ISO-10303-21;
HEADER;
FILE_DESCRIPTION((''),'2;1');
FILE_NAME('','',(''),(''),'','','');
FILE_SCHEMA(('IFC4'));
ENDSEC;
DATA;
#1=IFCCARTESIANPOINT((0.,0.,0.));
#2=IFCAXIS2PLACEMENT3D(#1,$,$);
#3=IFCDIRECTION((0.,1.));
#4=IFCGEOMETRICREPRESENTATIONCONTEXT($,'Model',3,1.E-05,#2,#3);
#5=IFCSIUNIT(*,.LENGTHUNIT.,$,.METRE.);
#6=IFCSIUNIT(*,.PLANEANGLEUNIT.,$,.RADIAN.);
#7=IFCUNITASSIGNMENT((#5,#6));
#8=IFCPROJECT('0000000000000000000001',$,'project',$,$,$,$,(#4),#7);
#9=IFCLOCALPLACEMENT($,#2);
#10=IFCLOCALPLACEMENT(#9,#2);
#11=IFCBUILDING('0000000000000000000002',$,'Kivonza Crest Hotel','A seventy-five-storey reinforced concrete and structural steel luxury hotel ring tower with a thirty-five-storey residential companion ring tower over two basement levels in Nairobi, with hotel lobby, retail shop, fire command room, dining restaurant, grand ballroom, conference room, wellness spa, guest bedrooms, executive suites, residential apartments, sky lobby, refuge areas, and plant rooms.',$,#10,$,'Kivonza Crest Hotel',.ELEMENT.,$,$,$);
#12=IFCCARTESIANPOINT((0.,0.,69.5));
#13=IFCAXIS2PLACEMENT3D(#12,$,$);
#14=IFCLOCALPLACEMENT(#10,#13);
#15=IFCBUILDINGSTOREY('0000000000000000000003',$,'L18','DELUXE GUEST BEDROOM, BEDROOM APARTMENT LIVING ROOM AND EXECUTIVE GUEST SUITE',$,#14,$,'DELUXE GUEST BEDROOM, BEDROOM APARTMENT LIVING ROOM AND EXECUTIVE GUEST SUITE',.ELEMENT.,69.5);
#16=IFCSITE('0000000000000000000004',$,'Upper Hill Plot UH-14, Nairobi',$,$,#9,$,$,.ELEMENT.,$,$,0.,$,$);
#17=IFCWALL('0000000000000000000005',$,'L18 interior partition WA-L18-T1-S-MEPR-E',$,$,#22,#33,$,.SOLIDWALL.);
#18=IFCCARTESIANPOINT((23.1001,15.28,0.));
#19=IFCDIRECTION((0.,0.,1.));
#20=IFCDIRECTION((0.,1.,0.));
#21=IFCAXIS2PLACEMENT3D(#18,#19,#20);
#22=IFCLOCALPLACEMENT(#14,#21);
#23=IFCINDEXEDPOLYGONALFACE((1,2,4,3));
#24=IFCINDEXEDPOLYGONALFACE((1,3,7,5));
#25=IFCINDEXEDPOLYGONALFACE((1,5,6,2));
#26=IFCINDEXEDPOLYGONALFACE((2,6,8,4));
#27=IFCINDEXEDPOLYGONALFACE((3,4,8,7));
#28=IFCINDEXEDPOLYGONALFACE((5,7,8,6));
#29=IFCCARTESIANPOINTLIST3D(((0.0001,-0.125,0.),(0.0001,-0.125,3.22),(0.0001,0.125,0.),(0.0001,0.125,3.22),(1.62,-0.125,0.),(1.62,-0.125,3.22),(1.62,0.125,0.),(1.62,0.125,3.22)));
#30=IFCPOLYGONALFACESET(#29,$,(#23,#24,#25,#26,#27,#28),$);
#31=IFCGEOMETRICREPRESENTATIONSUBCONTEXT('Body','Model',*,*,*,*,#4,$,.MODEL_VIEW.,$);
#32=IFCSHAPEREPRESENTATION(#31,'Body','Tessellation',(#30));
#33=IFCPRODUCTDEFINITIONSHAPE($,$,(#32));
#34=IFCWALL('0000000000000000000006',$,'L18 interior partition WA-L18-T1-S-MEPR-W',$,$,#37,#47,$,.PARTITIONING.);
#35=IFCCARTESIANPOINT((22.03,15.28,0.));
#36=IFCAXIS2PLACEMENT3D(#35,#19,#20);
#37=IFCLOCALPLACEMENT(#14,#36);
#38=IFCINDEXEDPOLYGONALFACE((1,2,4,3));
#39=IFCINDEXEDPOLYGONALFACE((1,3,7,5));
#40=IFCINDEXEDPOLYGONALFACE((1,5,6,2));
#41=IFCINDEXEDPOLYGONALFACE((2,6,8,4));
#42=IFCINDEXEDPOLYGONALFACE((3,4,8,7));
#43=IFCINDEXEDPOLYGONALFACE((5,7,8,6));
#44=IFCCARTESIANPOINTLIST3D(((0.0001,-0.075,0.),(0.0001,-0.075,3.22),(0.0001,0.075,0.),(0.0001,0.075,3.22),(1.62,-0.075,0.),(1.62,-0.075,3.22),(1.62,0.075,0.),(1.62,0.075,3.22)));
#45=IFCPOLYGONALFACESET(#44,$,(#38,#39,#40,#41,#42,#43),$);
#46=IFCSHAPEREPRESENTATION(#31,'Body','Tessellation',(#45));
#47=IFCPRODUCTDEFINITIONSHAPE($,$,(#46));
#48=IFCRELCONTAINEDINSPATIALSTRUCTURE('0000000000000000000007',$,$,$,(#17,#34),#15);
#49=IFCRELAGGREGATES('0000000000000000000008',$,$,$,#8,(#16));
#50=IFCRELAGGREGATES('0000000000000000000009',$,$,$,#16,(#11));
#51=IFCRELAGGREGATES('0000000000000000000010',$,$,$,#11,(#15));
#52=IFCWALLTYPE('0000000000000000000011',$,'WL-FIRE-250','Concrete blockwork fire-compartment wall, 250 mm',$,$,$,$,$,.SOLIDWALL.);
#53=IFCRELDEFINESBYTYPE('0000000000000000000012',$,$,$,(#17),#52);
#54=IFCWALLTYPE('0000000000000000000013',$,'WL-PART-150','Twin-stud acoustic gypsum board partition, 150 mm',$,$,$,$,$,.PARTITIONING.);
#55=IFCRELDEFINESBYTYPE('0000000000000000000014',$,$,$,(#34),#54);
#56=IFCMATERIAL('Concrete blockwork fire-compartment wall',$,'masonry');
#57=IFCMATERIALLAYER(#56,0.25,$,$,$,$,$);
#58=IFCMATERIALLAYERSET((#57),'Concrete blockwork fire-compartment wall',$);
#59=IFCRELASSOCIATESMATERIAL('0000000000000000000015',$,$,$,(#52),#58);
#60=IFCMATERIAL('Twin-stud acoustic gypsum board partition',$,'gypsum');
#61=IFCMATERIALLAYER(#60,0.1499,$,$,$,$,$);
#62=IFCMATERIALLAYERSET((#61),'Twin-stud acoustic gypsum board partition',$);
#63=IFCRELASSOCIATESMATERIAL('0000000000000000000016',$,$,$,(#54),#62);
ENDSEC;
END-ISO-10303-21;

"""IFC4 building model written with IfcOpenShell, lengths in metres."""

from ifc_helpers import new_model, si_unit, direction, frame, frame_2d, origin, place, context, subcontext, project, spatial, rectangle, extrude, material, layer, layer_set, type_object, element, save


model = new_model("IFC4")

# Units and contexts
model_context = context("Model", 3, precision=1e-05, world=origin(), true_north=direction((0.0, 1.0)))
body_context = subcontext(model_context, "Body", "Model", "MODEL_VIEW")
ifc_project = project(units=[si_unit("LENGTHUNIT", "METRE"), si_unit("PLANEANGLEUNIT", "RADIAN")], contexts=[model_context])

# Site, building, storey
site_placement = place(None, origin())
site = spatial("IfcSite", under=ifc_project, at=site_placement, Name="Upper Hill Plot UH-14, Nairobi", CompositionType="ELEMENT", RefElevation=0.0)
building_placement = place(site_placement, origin())
building = spatial("IfcBuilding", under=site, at=building_placement, Name="Kivonza Crest Hotel", Description="A seventy-five-storey reinforced concrete and structural steel luxury hotel ring tower with a thirty-five-storey residential companion ring tower over two basement levels in Nairobi, with hotel lobby, retail shop, fire command room, dining restaurant, grand ballroom, conference room, wellness spa, guest bedrooms, executive suites, residential apartments, sky lobby, refuge areas, and plant rooms.", LongName="Kivonza Crest Hotel", CompositionType="ELEMENT")
storey_placement = place(building_placement, frame((0.0, 0.0, 69.5)))
storey = spatial("IfcBuildingStorey", under=building, at=storey_placement, Name="L18", Description="DELUXE GUEST BEDROOM, BEDROOM APARTMENT LIVING ROOM AND EXECUTIVE GUEST SUITE", LongName="DELUXE GUEST BEDROOM, BEDROOM APARTMENT LIVING ROOM AND EXECUTIVE GUEST SUITE", CompositionType="ELEMENT", Elevation=69.5)

# Walls
ifc_material_1 = material(Name="Concrete blockwork fire-compartment wall", Category="masonry")
ifc_layer_1 = layer(ifc_material_1, 0.25)
ifc_layer_set_1 = layer_set([ifc_layer_1], Name="Concrete blockwork fire-compartment wall")
wall_type_1 = type_object("IfcWallType", Name="WL-FIRE-250", Description="Concrete blockwork fire-compartment wall, 250 mm", PredefinedType="SOLIDWALL", material=ifc_layer_set_1)
wall_1_placement = place(storey_placement, frame((23.1001, 15.28, 0.0), z_axis=(0.0, 0.0, 1.0), x_axis=(0.0, 1.0, 0.0)))
element("IfcWall", 1, at=wall_1_placement, inside=storey, type_object=wall_type_1, Name="L18 interior partition WA-L18-T1-S-MEPR-E", PredefinedType="SOLIDWALL", context=body_context, shape_type="SweptSolid", body=[
    extrude(rectangle(XDim=1.6199, YDim=0.25, at=frame_2d((0.8101, 0.0))), origin(), (0.0, 0.0, 1.0), 3.22),
])
ifc_material_2 = material(Name="Twin-stud acoustic gypsum board partition", Category="gypsum")
ifc_layer_2 = layer(ifc_material_2, 0.1499)
ifc_layer_set_2 = layer_set([ifc_layer_2], Name="Twin-stud acoustic gypsum board partition")
wall_type_2 = type_object("IfcWallType", Name="WL-PART-150", Description="Twin-stud acoustic gypsum board partition, 150 mm", PredefinedType="PARTITIONING", material=ifc_layer_set_2)
wall_2_placement = place(storey_placement, frame((22.03, 15.28, 0.0), z_axis=(0.0, 0.0, 1.0), x_axis=(0.0, 1.0, 0.0)))
element("IfcWall", 2, at=wall_2_placement, inside=storey, type_object=wall_type_2, Name="L18 interior partition WA-L18-T1-S-MEPR-W", PredefinedType="PARTITIONING", context=body_context, shape_type="SweptSolid", body=[
    extrude(rectangle(XDim=1.6199, YDim=0.1499, at=frame_2d((0.8101, 0.0))), origin(), (0.0, 0.0, 1.0), 3.22),
])

save(model, "model.ifc")
